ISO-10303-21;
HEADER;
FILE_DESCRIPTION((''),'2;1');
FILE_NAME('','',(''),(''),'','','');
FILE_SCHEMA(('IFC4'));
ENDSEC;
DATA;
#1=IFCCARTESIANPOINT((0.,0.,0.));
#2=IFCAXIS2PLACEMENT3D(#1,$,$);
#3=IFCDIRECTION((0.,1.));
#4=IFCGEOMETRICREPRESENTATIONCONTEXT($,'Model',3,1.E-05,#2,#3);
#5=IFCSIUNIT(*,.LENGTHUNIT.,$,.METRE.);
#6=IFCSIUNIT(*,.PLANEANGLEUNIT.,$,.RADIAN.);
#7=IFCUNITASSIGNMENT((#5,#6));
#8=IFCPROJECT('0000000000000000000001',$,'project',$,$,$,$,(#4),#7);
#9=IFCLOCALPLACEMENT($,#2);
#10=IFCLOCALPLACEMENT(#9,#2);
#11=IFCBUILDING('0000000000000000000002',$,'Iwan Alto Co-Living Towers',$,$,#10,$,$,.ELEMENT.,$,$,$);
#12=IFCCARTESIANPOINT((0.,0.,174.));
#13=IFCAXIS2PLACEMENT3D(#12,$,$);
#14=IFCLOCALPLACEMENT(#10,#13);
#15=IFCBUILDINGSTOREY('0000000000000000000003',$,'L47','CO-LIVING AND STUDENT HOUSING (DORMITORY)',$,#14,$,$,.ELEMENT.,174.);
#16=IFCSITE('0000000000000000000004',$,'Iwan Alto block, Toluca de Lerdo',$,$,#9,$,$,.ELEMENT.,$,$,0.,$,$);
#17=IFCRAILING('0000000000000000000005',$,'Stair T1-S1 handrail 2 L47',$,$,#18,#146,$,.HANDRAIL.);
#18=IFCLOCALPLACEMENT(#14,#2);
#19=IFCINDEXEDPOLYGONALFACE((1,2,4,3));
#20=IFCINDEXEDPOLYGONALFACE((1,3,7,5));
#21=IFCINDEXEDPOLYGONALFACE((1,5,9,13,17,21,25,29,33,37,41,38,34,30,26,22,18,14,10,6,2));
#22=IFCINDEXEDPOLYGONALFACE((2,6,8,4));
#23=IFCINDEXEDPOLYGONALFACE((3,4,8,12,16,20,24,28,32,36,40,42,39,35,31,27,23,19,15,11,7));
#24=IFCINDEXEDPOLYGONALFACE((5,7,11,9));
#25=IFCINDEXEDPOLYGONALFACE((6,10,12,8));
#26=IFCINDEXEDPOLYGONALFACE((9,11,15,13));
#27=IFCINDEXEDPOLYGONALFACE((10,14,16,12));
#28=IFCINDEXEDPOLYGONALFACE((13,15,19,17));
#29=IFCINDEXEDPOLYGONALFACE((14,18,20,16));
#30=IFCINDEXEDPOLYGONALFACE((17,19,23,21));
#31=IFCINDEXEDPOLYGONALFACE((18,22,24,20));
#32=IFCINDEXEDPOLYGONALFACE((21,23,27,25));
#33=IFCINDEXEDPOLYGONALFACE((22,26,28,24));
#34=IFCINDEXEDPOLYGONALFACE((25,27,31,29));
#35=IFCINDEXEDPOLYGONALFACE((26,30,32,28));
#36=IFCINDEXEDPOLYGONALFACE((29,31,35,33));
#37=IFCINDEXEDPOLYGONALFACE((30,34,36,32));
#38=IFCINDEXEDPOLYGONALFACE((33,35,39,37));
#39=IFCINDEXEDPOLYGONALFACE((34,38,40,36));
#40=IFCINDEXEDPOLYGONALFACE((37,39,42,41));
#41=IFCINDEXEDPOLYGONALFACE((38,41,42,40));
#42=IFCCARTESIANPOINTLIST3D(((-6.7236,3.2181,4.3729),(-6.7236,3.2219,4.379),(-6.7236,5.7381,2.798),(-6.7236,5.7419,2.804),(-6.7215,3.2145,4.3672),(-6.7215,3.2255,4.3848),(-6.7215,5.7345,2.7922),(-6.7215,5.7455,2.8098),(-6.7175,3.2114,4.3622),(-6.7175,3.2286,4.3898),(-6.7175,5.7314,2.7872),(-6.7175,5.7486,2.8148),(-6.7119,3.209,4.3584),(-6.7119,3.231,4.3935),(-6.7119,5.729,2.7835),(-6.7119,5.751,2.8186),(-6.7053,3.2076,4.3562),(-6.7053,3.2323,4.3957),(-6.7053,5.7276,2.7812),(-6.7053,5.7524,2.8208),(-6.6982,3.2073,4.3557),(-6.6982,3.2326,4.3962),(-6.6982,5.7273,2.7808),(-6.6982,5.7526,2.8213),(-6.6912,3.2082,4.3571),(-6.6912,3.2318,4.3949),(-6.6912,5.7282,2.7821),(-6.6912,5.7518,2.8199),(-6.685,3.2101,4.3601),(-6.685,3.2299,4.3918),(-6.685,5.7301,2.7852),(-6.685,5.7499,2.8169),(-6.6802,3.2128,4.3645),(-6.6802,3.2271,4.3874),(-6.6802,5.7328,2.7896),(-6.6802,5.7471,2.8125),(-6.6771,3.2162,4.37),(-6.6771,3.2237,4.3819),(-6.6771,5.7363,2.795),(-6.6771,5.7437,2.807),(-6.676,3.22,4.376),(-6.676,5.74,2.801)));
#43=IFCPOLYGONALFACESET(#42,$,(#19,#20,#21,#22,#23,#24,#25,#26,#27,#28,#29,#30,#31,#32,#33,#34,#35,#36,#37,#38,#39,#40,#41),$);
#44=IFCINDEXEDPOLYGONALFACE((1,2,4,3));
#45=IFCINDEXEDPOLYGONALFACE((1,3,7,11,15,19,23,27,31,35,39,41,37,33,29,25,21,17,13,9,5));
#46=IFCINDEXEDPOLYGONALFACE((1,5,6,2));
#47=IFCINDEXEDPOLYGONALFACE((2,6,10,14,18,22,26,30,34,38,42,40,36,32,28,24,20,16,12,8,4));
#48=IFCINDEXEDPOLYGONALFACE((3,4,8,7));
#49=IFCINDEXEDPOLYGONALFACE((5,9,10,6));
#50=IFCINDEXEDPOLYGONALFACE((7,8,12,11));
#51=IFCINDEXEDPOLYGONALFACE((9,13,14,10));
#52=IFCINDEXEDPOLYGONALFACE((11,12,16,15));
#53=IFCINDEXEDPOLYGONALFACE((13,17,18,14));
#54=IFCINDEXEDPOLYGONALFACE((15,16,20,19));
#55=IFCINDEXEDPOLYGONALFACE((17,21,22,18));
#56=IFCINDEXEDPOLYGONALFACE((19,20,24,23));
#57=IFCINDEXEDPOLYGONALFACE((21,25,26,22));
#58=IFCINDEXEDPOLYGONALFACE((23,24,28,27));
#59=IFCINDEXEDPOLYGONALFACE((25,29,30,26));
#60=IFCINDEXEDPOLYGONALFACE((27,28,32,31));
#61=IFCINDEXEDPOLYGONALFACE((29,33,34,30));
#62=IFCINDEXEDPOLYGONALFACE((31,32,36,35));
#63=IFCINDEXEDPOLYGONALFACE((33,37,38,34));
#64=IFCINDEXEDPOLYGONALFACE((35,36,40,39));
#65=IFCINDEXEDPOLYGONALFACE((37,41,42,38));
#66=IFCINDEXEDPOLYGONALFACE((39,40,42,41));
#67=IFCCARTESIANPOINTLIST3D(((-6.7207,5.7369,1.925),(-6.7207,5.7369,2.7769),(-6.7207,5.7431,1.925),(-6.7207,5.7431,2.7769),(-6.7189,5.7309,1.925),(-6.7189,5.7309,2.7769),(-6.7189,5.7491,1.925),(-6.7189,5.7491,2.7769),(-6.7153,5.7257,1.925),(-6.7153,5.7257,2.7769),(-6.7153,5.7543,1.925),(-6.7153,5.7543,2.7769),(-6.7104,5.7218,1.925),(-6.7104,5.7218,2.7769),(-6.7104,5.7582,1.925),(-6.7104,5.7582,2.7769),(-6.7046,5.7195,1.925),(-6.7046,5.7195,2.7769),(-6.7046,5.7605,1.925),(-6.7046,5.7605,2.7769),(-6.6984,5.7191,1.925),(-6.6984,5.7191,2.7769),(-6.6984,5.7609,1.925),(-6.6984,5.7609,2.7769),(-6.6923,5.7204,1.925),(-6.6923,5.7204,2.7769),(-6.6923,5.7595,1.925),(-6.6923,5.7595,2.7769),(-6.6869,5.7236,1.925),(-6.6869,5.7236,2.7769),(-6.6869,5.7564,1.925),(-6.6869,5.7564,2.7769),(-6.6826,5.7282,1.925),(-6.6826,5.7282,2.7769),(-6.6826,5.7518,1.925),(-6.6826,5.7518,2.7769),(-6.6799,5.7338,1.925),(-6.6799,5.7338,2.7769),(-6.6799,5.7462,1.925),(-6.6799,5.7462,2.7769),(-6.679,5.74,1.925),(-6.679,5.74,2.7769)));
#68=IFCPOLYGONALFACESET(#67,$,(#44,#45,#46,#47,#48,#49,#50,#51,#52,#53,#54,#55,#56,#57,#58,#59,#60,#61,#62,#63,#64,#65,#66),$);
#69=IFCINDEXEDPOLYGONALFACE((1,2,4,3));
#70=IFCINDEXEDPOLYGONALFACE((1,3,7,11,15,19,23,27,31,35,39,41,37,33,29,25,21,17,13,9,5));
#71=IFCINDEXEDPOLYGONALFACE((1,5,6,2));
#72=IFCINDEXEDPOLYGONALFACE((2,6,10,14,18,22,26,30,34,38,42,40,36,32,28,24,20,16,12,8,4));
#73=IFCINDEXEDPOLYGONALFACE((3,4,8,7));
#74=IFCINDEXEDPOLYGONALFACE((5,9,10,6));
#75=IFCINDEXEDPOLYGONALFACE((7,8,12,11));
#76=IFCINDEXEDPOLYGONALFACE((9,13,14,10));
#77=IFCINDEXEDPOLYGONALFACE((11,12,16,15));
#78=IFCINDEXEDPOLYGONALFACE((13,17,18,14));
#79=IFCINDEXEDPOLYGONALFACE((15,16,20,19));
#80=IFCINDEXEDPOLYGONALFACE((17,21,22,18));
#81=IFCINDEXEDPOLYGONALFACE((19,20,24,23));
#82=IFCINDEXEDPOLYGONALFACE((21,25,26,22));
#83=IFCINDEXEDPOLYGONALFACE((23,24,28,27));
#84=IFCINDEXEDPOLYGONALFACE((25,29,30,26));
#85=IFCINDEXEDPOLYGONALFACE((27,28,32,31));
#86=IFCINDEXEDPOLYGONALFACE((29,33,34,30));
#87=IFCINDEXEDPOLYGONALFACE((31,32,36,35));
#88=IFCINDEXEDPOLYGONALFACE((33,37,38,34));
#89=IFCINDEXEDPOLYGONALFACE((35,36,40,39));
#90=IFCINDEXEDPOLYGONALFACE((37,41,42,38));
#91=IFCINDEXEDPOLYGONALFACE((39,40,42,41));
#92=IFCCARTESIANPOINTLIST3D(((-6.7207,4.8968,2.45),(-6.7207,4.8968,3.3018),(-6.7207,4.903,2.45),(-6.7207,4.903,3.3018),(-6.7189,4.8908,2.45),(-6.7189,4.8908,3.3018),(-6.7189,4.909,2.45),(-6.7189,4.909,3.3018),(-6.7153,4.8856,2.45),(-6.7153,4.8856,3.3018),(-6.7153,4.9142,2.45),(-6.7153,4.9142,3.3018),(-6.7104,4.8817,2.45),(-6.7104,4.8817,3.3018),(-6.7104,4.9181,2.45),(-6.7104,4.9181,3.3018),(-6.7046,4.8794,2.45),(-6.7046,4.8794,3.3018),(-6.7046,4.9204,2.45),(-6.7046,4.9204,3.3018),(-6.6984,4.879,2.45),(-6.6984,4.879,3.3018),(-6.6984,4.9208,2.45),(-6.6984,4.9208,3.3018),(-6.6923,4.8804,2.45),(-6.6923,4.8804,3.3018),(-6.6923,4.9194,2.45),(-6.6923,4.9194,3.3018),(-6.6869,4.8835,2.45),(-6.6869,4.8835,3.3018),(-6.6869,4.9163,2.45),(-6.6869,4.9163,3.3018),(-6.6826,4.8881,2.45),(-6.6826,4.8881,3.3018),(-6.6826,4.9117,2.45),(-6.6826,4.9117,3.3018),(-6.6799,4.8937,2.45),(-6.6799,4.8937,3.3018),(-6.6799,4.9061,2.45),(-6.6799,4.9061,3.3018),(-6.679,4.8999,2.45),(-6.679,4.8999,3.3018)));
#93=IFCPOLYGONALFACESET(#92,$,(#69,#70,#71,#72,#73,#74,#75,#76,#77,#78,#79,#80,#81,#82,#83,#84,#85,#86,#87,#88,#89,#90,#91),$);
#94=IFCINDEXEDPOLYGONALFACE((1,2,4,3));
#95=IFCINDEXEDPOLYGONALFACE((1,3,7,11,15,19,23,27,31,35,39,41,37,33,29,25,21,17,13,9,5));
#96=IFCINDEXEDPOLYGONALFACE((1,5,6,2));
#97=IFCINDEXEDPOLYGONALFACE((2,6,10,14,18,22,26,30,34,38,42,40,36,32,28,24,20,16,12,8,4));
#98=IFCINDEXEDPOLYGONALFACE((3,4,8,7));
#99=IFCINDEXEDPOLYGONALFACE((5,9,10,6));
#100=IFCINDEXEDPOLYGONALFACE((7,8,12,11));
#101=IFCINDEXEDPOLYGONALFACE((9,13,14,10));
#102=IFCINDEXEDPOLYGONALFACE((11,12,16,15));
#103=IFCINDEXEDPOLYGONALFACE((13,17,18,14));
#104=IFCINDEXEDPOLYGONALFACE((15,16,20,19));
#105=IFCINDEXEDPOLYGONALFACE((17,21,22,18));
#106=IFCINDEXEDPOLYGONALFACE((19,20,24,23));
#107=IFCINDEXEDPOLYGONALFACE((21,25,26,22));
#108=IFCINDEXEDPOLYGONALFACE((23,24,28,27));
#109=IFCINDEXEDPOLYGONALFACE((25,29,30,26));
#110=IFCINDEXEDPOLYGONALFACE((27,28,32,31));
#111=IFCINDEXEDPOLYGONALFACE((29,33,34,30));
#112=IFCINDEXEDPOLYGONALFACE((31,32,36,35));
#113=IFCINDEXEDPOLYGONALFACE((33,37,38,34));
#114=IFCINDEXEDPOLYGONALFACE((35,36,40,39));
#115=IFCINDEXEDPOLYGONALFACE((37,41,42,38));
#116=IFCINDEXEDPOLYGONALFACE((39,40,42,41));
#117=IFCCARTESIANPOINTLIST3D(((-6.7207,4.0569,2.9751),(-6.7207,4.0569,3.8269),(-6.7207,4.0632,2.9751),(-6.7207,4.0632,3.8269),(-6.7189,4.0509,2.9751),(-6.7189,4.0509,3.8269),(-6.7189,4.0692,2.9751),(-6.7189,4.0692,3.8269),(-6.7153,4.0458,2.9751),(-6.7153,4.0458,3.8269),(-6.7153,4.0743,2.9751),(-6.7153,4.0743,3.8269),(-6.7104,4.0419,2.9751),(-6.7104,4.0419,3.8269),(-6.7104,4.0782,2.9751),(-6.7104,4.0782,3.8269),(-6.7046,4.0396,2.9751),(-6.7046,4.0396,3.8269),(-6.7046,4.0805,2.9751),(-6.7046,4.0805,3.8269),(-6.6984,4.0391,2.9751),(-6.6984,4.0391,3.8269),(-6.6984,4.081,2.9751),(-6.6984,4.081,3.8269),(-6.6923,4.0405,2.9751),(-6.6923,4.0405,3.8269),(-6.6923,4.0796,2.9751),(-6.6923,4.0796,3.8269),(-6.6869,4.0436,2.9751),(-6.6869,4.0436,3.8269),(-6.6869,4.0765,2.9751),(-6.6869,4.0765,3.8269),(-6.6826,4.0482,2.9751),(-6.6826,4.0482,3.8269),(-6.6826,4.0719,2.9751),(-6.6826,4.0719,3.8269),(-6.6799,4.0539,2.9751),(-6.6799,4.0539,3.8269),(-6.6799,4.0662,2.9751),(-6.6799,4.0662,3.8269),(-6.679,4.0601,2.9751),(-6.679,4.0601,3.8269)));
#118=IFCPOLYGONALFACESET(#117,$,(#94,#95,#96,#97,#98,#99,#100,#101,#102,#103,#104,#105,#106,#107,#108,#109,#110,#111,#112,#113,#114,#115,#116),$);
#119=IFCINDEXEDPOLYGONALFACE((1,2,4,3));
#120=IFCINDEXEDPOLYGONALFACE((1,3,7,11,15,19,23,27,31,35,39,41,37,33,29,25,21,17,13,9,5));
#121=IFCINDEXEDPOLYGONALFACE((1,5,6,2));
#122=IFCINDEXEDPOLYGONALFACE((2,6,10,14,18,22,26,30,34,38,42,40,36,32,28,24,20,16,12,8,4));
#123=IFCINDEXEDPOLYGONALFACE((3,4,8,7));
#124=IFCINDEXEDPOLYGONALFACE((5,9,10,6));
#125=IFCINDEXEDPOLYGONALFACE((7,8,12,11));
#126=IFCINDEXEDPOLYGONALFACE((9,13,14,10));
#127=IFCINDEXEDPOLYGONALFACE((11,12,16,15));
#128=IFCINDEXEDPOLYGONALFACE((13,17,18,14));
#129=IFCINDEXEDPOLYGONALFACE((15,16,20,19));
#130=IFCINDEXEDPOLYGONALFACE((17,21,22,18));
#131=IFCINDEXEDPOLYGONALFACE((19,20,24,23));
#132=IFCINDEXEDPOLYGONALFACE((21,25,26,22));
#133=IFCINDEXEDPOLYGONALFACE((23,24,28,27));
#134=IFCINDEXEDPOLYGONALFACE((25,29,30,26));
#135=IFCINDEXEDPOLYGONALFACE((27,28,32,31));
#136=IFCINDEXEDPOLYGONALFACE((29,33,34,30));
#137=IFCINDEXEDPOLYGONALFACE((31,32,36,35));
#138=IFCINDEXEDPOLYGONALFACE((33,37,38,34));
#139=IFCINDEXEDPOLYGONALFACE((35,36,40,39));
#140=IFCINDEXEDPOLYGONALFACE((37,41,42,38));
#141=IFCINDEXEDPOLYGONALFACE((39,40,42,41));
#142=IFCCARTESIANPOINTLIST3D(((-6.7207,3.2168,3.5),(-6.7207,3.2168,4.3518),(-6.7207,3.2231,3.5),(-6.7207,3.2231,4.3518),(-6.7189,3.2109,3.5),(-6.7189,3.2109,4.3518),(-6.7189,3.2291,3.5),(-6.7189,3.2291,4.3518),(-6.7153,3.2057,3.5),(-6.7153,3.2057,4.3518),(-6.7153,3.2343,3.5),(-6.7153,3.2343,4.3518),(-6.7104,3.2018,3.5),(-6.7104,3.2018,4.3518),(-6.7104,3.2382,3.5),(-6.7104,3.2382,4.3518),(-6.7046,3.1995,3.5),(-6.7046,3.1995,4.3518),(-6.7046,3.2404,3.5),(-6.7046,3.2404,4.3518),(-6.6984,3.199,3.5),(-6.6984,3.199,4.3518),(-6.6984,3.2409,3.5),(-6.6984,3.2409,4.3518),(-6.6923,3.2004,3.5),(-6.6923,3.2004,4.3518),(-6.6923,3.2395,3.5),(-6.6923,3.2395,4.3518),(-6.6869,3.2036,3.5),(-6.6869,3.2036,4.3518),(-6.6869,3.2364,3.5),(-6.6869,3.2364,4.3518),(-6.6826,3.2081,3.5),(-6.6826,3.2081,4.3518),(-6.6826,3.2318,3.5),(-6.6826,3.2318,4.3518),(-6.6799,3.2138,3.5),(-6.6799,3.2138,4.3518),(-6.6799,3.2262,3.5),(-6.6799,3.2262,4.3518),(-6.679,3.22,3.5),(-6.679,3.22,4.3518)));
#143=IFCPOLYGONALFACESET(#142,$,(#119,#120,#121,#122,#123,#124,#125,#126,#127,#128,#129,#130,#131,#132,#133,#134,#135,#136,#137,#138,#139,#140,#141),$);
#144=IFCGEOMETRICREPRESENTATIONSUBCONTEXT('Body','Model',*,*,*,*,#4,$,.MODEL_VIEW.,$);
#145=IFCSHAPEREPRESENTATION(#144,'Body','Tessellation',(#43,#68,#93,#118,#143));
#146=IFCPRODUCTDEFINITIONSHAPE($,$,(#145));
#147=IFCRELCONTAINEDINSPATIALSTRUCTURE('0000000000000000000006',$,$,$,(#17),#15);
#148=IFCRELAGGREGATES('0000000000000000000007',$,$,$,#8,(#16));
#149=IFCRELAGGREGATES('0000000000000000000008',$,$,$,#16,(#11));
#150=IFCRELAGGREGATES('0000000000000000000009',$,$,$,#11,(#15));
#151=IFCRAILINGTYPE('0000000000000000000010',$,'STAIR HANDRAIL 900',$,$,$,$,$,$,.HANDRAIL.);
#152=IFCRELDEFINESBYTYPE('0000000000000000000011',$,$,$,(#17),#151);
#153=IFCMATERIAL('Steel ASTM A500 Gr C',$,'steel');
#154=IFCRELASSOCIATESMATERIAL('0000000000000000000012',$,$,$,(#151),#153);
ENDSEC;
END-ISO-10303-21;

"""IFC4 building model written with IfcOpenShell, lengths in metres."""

from ifc_helpers import new_model, si_unit, direction, frame, origin, origin_2d, place, context, subcontext, project, spatial, circle, extrude, material, type_object, element, save


model = new_model("IFC4")

# Units and contexts
model_context = context("Model", 3, precision=1e-05, world=origin(), true_north=direction((0.0, 1.0)))
body_context = subcontext(model_context, "Body", "Model", "MODEL_VIEW")
ifc_project = project(units=[si_unit("LENGTHUNIT", "METRE"), si_unit("PLANEANGLEUNIT", "RADIAN")], contexts=[model_context])

# Site, building, storey
site_placement = place(None, origin())
site = spatial("IfcSite", under=ifc_project, at=site_placement, Name="Iwan Alto block, Toluca de Lerdo", CompositionType="ELEMENT", RefElevation=0.0)
building_placement = place(site_placement, origin())
building = spatial("IfcBuilding", under=site, at=building_placement, Name="Iwan Alto Co-Living Towers", CompositionType="ELEMENT")
storey_placement = place(building_placement, frame((0.0, 0.0, 174.0)))
storey = spatial("IfcBuildingStorey", under=building, at=storey_placement, Name="L47", Description="CO-LIVING AND STUDENT HOUSING (DORMITORY)", CompositionType="ELEMENT", Elevation=174.0)

# Railing
ifc_material_1 = material(Name="Steel ASTM A500 Gr C", Category="steel")
railing_type_1 = type_object("IfcRailingType", Name="STAIR HANDRAIL 900", PredefinedType="HANDRAIL", material=ifc_material_1)
railing_1_placement = place(storey_placement, frame((-6.7, 5.74, 1.925)))
element("IfcRailing", 1, at=railing_1_placement, inside=storey, type_object=railing_type_1, Name="Stair T1-S1 handrail 2 L47", PredefinedType="HANDRAIL", context=body_context, shape_type="SweptSolid", body=[
    extrude(circle(Radius=0.0239, at=origin_2d()), frame((0.0, 0.0, 0.876), z_axis=(0.0, -0.848008, 0.529984), x_axis=(1.0, 0.0, 0.0)), (0.0, 0.0, 1.0), 2.9717),
    extrude(circle(Radius=0.021, at=origin_2d()), origin(), (0.0, 0.0, 1.0), 0.8518),
    extrude(circle(Radius=0.021, at=origin_2d()), frame((0.0, -0.8401, 0.5249)), (0.0, 0.0, 1.0), 0.8518),
    extrude(circle(Radius=0.021, at=origin_2d()), frame((0.0, -1.6799, 1.05)), (0.0, 0.0, 1.0), 0.8518),
    extrude(circle(Radius=0.021, at=origin_2d()), frame((0.0, -2.52, 1.575)), (0.0, 0.0, 1.0), 0.8518),
])

save(model, "model.ifc")
